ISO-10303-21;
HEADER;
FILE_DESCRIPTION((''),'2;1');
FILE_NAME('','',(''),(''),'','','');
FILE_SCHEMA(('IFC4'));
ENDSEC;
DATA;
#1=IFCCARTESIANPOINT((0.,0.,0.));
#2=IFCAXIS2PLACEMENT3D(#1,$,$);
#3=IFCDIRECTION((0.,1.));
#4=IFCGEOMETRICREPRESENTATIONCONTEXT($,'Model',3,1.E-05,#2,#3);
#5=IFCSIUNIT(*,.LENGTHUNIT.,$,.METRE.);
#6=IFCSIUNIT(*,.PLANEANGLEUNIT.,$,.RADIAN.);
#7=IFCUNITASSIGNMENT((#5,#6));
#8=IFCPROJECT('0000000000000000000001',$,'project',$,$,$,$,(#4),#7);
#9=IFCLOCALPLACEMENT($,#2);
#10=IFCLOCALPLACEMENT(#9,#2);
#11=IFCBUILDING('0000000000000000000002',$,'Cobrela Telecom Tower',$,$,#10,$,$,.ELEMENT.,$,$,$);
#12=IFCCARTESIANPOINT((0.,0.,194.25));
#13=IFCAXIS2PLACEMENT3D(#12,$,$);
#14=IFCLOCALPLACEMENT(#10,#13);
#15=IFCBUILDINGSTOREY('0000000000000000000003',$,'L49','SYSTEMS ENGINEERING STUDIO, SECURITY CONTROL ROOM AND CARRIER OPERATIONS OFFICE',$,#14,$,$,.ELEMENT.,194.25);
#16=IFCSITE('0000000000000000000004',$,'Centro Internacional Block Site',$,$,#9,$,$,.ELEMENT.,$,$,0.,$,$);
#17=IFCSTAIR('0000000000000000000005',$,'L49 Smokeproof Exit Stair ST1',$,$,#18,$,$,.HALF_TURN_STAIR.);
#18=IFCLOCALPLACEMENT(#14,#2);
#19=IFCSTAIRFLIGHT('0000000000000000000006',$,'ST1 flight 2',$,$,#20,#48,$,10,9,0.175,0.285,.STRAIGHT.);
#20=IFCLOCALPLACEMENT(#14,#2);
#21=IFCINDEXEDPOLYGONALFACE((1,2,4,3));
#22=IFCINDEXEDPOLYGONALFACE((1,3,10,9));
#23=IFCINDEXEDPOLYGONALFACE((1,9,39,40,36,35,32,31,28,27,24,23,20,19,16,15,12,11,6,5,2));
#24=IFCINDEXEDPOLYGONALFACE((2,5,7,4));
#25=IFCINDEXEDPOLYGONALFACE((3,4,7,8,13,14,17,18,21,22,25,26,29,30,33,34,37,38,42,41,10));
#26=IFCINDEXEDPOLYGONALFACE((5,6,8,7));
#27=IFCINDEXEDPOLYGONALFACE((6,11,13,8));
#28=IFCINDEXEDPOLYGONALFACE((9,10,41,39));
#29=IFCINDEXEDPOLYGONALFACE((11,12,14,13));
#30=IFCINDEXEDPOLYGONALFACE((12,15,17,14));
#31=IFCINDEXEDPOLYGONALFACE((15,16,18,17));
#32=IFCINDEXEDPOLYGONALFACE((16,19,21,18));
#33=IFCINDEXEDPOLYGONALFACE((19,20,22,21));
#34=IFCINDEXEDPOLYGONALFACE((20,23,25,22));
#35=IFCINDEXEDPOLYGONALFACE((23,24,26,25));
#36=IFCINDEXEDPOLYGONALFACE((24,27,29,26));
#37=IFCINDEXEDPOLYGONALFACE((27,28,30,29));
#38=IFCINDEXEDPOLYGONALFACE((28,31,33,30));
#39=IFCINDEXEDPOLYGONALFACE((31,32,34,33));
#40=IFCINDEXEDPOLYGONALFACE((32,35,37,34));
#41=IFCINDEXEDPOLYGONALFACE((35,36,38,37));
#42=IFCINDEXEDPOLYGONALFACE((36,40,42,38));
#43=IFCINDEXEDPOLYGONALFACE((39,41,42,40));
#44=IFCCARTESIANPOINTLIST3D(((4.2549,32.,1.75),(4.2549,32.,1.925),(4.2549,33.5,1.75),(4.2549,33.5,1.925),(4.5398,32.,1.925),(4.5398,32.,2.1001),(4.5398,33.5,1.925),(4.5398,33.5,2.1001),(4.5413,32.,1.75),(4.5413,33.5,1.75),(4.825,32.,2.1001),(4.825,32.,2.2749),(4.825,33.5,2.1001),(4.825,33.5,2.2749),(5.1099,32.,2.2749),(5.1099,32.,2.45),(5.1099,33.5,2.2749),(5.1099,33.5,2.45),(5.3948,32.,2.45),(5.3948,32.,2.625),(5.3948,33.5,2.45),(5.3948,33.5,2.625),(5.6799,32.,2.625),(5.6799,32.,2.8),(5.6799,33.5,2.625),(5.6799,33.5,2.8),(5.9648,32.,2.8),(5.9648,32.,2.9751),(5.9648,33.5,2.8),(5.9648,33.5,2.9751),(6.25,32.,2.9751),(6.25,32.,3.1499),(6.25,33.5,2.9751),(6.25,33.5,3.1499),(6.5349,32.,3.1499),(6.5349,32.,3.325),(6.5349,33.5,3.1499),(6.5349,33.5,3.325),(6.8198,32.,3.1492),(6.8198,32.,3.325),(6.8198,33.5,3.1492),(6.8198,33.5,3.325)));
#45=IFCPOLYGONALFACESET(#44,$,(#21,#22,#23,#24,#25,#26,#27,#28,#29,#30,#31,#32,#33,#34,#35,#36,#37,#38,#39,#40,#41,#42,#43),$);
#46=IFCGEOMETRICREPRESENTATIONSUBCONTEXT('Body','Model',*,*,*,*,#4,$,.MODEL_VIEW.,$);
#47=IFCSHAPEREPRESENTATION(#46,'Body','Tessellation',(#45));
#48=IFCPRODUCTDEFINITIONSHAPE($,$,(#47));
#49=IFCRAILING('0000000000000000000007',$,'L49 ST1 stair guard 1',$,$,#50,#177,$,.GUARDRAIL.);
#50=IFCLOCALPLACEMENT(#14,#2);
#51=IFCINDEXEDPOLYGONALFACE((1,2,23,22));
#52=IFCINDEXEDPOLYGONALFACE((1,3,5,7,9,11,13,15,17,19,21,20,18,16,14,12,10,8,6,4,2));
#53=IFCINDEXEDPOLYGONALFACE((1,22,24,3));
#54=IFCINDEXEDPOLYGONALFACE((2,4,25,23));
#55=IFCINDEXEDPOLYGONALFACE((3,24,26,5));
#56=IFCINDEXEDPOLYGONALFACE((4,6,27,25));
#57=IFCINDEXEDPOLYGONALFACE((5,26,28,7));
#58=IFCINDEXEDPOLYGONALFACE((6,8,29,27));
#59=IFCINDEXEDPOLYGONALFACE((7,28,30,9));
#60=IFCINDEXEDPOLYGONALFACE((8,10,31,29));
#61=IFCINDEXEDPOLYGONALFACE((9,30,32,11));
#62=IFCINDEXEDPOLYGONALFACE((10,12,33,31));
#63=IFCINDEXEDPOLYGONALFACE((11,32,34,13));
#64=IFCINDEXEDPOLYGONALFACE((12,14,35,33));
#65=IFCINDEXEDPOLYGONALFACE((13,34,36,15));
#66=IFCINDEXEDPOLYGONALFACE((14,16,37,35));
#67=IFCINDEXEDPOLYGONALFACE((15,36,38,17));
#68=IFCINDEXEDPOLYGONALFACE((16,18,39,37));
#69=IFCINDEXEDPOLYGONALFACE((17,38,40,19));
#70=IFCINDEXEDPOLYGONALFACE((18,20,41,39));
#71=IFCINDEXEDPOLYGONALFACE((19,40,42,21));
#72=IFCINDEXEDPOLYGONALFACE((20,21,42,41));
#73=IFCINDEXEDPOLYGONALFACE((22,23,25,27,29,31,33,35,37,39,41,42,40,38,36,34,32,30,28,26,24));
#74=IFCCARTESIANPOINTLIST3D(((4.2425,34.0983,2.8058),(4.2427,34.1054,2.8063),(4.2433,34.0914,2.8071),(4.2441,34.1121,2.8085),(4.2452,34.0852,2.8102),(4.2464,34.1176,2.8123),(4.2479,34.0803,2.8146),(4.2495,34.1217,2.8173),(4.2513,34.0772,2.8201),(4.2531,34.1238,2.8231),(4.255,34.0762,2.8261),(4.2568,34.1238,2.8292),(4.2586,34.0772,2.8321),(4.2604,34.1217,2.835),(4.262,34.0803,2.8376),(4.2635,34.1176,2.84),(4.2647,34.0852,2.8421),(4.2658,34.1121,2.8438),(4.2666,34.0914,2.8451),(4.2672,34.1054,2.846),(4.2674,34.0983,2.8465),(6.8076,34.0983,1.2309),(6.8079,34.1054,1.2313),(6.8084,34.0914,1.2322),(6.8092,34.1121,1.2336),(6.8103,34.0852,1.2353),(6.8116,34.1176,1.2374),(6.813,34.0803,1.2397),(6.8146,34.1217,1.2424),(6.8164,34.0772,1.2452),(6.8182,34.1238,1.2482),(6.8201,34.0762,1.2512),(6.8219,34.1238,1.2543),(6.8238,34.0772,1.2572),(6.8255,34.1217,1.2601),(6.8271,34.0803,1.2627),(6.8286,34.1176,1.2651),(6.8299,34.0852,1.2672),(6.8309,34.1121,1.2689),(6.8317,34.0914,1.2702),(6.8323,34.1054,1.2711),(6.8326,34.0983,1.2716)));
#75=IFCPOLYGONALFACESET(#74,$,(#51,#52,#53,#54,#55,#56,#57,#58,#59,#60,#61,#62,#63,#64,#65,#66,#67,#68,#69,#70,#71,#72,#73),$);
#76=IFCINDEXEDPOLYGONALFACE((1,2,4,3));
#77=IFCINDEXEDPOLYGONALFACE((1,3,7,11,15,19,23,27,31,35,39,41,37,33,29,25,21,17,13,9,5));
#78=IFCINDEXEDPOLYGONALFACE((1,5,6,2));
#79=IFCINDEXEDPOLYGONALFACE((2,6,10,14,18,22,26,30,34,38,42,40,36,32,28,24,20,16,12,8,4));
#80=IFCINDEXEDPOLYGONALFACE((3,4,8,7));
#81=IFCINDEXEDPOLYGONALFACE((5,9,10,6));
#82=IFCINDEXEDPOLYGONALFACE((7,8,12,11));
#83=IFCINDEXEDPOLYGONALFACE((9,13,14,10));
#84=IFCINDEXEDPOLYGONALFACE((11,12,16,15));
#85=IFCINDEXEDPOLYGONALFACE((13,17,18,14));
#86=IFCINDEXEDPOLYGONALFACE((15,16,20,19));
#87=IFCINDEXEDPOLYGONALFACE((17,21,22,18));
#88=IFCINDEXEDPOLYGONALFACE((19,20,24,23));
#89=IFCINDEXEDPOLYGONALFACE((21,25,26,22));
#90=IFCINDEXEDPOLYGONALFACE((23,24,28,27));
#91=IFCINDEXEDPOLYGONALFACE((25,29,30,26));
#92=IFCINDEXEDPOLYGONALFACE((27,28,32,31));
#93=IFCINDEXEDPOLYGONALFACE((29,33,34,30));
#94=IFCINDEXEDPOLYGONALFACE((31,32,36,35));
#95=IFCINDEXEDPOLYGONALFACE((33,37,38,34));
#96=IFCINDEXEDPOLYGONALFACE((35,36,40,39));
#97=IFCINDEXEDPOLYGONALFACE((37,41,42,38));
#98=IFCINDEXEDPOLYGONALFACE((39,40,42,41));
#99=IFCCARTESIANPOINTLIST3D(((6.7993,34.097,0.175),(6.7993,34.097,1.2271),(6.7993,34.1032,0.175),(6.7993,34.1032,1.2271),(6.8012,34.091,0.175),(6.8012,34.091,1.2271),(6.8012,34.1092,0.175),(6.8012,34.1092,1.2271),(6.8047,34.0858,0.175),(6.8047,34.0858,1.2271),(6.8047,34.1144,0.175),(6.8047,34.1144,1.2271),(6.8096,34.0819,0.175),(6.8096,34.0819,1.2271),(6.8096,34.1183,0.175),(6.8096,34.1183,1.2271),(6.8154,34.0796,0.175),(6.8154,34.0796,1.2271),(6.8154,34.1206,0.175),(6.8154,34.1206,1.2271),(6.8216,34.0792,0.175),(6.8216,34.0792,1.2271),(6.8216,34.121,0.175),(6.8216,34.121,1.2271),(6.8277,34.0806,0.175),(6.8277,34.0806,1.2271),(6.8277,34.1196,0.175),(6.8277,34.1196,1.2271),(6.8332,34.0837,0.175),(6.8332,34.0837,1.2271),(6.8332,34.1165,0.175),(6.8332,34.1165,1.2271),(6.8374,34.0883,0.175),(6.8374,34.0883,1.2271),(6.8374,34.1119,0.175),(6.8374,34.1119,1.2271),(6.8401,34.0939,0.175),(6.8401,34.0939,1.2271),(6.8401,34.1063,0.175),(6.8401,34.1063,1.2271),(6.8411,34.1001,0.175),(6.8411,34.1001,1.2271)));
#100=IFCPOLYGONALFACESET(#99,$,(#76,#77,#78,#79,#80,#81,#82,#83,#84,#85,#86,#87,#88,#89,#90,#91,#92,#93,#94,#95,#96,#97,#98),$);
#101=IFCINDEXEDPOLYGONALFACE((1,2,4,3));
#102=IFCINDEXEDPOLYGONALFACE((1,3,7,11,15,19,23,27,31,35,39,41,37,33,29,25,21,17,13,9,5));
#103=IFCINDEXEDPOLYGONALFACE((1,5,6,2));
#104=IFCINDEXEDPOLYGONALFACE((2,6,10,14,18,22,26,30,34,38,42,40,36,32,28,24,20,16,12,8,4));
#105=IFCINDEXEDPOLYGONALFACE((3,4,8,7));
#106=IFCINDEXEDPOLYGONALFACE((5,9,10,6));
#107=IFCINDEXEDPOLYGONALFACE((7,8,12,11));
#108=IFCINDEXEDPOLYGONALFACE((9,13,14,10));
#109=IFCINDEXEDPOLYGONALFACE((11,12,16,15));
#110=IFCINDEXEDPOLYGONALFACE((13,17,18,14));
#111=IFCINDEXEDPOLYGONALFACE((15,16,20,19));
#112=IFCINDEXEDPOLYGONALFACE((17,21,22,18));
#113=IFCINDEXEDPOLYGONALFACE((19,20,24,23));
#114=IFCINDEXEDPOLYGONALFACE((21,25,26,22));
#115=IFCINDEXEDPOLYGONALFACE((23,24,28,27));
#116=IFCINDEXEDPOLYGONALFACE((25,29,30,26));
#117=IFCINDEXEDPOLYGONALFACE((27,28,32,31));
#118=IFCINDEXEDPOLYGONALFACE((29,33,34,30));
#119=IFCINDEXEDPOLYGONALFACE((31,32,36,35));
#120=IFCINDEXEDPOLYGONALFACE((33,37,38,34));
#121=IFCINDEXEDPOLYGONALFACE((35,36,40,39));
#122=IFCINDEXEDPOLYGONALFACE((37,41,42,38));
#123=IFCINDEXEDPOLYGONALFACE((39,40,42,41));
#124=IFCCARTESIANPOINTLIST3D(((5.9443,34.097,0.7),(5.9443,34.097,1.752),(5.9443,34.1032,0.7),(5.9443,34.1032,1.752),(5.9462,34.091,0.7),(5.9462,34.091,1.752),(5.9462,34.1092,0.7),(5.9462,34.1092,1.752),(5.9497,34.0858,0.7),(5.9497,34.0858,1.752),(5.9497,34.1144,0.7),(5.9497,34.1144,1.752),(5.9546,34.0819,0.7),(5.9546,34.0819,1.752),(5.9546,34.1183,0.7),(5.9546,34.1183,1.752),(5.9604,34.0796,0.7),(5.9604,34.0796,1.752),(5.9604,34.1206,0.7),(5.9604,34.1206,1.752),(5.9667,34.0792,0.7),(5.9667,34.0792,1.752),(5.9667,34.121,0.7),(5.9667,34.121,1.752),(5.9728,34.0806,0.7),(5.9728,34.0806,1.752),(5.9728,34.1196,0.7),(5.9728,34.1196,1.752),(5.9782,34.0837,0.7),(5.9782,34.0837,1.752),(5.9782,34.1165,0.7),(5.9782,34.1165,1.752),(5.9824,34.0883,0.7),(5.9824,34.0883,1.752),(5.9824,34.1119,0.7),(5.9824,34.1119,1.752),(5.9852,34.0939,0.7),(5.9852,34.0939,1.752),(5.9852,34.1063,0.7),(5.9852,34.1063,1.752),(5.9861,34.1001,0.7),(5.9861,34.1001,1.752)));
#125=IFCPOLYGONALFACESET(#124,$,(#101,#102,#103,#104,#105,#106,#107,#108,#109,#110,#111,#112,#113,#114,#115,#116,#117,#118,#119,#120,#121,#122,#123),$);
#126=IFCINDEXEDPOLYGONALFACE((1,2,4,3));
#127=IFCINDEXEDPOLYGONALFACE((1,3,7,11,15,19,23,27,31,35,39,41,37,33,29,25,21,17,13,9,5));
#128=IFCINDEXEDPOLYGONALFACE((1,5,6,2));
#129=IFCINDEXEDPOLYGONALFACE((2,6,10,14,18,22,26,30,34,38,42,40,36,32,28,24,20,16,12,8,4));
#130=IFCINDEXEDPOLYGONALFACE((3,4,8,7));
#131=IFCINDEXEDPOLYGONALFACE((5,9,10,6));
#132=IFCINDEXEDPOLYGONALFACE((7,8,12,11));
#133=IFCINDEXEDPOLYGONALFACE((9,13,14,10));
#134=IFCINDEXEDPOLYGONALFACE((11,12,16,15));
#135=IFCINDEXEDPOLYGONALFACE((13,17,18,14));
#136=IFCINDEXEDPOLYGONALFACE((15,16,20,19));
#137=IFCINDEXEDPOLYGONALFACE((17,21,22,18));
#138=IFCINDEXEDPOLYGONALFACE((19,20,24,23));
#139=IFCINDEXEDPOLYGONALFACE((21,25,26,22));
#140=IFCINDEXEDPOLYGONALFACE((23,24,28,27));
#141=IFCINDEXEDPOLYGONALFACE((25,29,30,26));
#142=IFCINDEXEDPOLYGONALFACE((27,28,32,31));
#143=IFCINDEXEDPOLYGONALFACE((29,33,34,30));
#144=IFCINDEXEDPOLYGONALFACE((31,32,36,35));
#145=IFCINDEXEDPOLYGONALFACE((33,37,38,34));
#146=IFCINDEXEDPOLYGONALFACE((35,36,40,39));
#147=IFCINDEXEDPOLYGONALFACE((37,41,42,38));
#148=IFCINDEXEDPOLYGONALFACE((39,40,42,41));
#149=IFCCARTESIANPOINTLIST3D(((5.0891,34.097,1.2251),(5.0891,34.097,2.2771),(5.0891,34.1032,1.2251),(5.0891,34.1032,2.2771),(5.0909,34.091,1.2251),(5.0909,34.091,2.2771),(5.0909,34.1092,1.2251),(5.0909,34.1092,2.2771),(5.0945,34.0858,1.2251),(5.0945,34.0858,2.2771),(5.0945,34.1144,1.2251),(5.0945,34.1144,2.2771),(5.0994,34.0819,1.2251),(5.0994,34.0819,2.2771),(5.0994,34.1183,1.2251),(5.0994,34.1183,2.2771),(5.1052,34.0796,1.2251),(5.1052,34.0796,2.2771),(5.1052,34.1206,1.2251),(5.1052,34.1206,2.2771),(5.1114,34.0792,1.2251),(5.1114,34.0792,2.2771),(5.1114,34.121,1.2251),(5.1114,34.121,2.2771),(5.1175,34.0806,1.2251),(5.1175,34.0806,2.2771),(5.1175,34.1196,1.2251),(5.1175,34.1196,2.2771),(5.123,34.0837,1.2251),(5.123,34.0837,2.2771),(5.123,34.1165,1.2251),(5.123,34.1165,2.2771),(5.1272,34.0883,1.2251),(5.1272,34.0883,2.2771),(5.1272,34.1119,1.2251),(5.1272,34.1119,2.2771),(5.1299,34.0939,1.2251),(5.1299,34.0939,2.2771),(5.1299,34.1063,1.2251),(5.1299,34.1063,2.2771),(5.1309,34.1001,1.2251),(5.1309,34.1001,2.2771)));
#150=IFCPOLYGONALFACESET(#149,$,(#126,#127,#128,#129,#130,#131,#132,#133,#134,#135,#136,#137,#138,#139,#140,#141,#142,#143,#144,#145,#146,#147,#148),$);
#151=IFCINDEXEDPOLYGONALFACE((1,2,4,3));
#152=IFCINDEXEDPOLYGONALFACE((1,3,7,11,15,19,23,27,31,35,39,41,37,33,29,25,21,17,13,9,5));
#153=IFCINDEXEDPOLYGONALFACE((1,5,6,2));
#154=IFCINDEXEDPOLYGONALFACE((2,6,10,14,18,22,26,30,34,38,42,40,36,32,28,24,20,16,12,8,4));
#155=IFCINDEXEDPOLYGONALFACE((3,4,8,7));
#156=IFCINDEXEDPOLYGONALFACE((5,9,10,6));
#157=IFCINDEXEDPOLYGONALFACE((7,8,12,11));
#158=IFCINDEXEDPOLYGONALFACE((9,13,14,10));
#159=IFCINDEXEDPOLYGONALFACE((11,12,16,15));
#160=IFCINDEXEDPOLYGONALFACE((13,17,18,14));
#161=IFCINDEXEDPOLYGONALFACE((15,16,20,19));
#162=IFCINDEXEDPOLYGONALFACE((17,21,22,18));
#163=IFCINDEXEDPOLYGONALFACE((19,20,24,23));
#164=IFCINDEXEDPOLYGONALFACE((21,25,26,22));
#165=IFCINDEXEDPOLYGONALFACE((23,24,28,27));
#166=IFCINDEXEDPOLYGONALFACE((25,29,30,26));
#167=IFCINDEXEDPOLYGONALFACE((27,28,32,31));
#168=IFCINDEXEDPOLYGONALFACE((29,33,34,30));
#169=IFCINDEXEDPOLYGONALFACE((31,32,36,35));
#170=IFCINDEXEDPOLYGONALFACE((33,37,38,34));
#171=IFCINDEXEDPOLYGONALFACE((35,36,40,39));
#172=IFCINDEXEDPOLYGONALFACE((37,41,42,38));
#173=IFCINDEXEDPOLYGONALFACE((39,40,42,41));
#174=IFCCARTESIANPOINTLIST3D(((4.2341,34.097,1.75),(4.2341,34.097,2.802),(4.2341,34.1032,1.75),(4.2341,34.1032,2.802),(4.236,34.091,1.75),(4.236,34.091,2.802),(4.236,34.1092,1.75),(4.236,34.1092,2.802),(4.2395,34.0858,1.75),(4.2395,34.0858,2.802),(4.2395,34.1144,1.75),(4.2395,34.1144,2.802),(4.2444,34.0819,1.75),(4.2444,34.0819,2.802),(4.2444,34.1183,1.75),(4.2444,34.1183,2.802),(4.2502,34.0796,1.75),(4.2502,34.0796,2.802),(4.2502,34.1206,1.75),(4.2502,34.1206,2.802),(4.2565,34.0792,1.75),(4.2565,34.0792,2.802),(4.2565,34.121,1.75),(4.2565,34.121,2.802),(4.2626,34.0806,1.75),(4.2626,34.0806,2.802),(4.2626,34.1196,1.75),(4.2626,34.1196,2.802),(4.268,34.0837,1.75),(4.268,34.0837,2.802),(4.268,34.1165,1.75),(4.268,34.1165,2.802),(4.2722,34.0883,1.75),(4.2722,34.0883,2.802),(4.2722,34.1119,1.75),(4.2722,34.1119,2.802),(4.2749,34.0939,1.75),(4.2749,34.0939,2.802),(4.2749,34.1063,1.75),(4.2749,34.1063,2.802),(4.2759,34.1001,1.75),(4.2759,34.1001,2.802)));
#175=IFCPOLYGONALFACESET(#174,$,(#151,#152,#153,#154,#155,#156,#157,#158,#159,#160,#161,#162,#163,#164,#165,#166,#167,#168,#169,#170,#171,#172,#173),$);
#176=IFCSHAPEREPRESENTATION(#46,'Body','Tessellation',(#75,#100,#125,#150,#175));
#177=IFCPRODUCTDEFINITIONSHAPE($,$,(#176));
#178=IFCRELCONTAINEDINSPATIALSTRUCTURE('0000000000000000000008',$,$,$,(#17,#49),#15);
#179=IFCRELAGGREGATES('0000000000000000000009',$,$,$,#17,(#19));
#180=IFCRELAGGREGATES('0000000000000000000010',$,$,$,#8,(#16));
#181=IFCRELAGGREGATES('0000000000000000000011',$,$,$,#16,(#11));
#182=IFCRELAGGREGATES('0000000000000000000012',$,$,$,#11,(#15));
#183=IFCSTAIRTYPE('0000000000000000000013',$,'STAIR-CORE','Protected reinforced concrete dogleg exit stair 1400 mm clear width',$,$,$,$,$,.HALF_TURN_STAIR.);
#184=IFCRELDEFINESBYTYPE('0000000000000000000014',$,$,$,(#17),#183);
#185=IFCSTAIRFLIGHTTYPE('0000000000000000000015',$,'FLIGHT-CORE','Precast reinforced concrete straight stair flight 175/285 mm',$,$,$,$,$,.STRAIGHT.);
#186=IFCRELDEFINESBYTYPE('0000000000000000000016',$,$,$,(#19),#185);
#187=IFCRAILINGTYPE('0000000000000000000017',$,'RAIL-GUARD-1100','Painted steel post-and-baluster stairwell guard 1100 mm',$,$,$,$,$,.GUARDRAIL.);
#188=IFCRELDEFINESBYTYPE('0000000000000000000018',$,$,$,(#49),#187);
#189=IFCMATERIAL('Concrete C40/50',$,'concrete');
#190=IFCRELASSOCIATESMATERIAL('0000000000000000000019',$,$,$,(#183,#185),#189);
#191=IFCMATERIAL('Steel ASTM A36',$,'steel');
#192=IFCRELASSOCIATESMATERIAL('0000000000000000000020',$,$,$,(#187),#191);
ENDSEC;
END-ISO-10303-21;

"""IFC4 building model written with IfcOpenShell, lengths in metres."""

from ifc_helpers import new_model, si_unit, direction, frame, origin, origin_2d, place, context, subcontext, project, spatial, polyline, circle, outline, extrude, material, type_object, element, aggregate, save


model = new_model("IFC4")

# Units and contexts
model_context = context("Model", 3, precision=1e-05, world=origin(), true_north=direction((0.0, 1.0)))
body_context = subcontext(model_context, "Body", "Model", "MODEL_VIEW")
ifc_project = project(units=[si_unit("LENGTHUNIT", "METRE"), si_unit("PLANEANGLEUNIT", "RADIAN")], contexts=[model_context])

# Site, building, storey
site_placement = place(None, origin())
site = spatial("IfcSite", under=ifc_project, at=site_placement, Name="Centro Internacional Block Site", CompositionType="ELEMENT", RefElevation=0.0)
building_placement = place(site_placement, origin())
building = spatial("IfcBuilding", under=site, at=building_placement, Name="Cobrela Telecom Tower", CompositionType="ELEMENT")
storey_placement = place(building_placement, frame((0.0, 0.0, 194.25)))
storey = spatial("IfcBuildingStorey", under=building, at=storey_placement, Name="L49", Description="SYSTEMS ENGINEERING STUDIO, SECURITY CONTROL ROOM AND CARRIER OPERATIONS OFFICE", CompositionType="ELEMENT", Elevation=194.25)

# Shared definitions
ifc_material_1 = material(Name="Concrete C40/50", Category="concrete")

# Shared definitions
ifc_material_2 = material(Name="Steel ASTM A36", Category="steel")

# Stair, stair flight
stair_type = type_object("IfcStairType", Name="STAIR-CORE", Description="Protected reinforced concrete dogleg exit stair 1400 mm clear width", PredefinedType="HALF_TURN_STAIR", material=ifc_material_1)
stair_placement = place(storey_placement, origin())
stair = element("IfcStair", 1, at=stair_placement, inside=storey, type_object=stair_type, Name="L49 Smokeproof Exit Stair ST1", PredefinedType="HALF_TURN_STAIR")
stair_flight_type = type_object("IfcStairFlightType", Name="FLIGHT-CORE", Description="Precast reinforced concrete straight stair flight 175/285 mm", PredefinedType="STRAIGHT", material=ifc_material_1)
stair_flight_1_placement = place(storey_placement, frame((4.2549, 32.75, 1.75), z_axis=(0.0, 0.0, 1.0), x_axis=(1.0, 0.0, 0.0)))
stair_flight_1 = element("IfcStairFlight", 2, at=stair_flight_1_placement, type_object=stair_flight_type, Name="ST1 flight 2", NumberOfRisers=10, NumberOfTreads=9, PredefinedType="STRAIGHT", RiserHeight=0.175, TreadLength=0.285, context=body_context, shape_type="SweptSolid", body=[
    extrude(outline(polyline([(0.0, 0.0), (0.0, 0.175), (0.2849, 0.175), (0.2849, 0.3501), (0.5701, 0.3501), (0.5701, 0.5249), (0.855, 0.5249), (0.855, 0.7), (1.1399, 0.7), (1.1399, 0.875), (1.425, 0.875), (1.425, 1.05), (1.71, 1.05), (1.71, 1.2251), (1.9951, 1.2251), (1.9951, 1.3999), (2.28, 1.3999), (2.28, 1.575), (2.5649, 1.575), (2.5649, 1.75), (2.5649, 1.3992), (0.2864, 0.0), (0.0, 0.0)])), frame((0.0, 0.75, 0.0), z_axis=(0.0, -1.0, 0.0), x_axis=(1.0, 0.0, 0.0)), (0.0, 0.0, 1.0), 1.5),
])
aggregate(stair, [stair_flight_1])

# Railing
railing_type_1 = type_object("IfcRailingType", Name="RAIL-GUARD-1100", Description="Painted steel post-and-baluster stairwell guard 1100 mm", PredefinedType="GUARDRAIL", material=ifc_material_2)
railing_1_placement = place(storey_placement, frame((6.8201, 34.1001, 0.175)))
element("IfcRailing", 3, at=railing_1_placement, inside=storey, type_object=railing_type_1, Name="L49 ST1 stair guard 1", PredefinedType="GUARDRAIL", context=body_context, shape_type="SweptSolid", body=[
    extrude(circle(Radius=0.0239, at=origin_2d()), frame((0.0, 0.0, 1.0762), z_axis=(-0.852195, 0.0, 0.523224), x_axis=(0.0, -1.0, 0.0)), (0.0, 0.0, 1.0), 3.01),
    extrude(circle(Radius=0.021, at=origin_2d()), origin(), (0.0, 0.0, 1.0), 1.052),
    extrude(circle(Radius=0.021, at=origin_2d()), frame((-0.855, 0.0, 0.5249)), (0.0, 0.0, 1.0), 1.052),
    extrude(circle(Radius=0.021, at=origin_2d()), frame((-1.7102, 0.0, 1.05)), (0.0, 0.0, 1.0), 1.052),
    extrude(circle(Radius=0.021, at=origin_2d()), frame((-2.5652, 0.0, 1.575)), (0.0, 0.0, 1.0), 1.052),
])

save(model, "model.ifc")
